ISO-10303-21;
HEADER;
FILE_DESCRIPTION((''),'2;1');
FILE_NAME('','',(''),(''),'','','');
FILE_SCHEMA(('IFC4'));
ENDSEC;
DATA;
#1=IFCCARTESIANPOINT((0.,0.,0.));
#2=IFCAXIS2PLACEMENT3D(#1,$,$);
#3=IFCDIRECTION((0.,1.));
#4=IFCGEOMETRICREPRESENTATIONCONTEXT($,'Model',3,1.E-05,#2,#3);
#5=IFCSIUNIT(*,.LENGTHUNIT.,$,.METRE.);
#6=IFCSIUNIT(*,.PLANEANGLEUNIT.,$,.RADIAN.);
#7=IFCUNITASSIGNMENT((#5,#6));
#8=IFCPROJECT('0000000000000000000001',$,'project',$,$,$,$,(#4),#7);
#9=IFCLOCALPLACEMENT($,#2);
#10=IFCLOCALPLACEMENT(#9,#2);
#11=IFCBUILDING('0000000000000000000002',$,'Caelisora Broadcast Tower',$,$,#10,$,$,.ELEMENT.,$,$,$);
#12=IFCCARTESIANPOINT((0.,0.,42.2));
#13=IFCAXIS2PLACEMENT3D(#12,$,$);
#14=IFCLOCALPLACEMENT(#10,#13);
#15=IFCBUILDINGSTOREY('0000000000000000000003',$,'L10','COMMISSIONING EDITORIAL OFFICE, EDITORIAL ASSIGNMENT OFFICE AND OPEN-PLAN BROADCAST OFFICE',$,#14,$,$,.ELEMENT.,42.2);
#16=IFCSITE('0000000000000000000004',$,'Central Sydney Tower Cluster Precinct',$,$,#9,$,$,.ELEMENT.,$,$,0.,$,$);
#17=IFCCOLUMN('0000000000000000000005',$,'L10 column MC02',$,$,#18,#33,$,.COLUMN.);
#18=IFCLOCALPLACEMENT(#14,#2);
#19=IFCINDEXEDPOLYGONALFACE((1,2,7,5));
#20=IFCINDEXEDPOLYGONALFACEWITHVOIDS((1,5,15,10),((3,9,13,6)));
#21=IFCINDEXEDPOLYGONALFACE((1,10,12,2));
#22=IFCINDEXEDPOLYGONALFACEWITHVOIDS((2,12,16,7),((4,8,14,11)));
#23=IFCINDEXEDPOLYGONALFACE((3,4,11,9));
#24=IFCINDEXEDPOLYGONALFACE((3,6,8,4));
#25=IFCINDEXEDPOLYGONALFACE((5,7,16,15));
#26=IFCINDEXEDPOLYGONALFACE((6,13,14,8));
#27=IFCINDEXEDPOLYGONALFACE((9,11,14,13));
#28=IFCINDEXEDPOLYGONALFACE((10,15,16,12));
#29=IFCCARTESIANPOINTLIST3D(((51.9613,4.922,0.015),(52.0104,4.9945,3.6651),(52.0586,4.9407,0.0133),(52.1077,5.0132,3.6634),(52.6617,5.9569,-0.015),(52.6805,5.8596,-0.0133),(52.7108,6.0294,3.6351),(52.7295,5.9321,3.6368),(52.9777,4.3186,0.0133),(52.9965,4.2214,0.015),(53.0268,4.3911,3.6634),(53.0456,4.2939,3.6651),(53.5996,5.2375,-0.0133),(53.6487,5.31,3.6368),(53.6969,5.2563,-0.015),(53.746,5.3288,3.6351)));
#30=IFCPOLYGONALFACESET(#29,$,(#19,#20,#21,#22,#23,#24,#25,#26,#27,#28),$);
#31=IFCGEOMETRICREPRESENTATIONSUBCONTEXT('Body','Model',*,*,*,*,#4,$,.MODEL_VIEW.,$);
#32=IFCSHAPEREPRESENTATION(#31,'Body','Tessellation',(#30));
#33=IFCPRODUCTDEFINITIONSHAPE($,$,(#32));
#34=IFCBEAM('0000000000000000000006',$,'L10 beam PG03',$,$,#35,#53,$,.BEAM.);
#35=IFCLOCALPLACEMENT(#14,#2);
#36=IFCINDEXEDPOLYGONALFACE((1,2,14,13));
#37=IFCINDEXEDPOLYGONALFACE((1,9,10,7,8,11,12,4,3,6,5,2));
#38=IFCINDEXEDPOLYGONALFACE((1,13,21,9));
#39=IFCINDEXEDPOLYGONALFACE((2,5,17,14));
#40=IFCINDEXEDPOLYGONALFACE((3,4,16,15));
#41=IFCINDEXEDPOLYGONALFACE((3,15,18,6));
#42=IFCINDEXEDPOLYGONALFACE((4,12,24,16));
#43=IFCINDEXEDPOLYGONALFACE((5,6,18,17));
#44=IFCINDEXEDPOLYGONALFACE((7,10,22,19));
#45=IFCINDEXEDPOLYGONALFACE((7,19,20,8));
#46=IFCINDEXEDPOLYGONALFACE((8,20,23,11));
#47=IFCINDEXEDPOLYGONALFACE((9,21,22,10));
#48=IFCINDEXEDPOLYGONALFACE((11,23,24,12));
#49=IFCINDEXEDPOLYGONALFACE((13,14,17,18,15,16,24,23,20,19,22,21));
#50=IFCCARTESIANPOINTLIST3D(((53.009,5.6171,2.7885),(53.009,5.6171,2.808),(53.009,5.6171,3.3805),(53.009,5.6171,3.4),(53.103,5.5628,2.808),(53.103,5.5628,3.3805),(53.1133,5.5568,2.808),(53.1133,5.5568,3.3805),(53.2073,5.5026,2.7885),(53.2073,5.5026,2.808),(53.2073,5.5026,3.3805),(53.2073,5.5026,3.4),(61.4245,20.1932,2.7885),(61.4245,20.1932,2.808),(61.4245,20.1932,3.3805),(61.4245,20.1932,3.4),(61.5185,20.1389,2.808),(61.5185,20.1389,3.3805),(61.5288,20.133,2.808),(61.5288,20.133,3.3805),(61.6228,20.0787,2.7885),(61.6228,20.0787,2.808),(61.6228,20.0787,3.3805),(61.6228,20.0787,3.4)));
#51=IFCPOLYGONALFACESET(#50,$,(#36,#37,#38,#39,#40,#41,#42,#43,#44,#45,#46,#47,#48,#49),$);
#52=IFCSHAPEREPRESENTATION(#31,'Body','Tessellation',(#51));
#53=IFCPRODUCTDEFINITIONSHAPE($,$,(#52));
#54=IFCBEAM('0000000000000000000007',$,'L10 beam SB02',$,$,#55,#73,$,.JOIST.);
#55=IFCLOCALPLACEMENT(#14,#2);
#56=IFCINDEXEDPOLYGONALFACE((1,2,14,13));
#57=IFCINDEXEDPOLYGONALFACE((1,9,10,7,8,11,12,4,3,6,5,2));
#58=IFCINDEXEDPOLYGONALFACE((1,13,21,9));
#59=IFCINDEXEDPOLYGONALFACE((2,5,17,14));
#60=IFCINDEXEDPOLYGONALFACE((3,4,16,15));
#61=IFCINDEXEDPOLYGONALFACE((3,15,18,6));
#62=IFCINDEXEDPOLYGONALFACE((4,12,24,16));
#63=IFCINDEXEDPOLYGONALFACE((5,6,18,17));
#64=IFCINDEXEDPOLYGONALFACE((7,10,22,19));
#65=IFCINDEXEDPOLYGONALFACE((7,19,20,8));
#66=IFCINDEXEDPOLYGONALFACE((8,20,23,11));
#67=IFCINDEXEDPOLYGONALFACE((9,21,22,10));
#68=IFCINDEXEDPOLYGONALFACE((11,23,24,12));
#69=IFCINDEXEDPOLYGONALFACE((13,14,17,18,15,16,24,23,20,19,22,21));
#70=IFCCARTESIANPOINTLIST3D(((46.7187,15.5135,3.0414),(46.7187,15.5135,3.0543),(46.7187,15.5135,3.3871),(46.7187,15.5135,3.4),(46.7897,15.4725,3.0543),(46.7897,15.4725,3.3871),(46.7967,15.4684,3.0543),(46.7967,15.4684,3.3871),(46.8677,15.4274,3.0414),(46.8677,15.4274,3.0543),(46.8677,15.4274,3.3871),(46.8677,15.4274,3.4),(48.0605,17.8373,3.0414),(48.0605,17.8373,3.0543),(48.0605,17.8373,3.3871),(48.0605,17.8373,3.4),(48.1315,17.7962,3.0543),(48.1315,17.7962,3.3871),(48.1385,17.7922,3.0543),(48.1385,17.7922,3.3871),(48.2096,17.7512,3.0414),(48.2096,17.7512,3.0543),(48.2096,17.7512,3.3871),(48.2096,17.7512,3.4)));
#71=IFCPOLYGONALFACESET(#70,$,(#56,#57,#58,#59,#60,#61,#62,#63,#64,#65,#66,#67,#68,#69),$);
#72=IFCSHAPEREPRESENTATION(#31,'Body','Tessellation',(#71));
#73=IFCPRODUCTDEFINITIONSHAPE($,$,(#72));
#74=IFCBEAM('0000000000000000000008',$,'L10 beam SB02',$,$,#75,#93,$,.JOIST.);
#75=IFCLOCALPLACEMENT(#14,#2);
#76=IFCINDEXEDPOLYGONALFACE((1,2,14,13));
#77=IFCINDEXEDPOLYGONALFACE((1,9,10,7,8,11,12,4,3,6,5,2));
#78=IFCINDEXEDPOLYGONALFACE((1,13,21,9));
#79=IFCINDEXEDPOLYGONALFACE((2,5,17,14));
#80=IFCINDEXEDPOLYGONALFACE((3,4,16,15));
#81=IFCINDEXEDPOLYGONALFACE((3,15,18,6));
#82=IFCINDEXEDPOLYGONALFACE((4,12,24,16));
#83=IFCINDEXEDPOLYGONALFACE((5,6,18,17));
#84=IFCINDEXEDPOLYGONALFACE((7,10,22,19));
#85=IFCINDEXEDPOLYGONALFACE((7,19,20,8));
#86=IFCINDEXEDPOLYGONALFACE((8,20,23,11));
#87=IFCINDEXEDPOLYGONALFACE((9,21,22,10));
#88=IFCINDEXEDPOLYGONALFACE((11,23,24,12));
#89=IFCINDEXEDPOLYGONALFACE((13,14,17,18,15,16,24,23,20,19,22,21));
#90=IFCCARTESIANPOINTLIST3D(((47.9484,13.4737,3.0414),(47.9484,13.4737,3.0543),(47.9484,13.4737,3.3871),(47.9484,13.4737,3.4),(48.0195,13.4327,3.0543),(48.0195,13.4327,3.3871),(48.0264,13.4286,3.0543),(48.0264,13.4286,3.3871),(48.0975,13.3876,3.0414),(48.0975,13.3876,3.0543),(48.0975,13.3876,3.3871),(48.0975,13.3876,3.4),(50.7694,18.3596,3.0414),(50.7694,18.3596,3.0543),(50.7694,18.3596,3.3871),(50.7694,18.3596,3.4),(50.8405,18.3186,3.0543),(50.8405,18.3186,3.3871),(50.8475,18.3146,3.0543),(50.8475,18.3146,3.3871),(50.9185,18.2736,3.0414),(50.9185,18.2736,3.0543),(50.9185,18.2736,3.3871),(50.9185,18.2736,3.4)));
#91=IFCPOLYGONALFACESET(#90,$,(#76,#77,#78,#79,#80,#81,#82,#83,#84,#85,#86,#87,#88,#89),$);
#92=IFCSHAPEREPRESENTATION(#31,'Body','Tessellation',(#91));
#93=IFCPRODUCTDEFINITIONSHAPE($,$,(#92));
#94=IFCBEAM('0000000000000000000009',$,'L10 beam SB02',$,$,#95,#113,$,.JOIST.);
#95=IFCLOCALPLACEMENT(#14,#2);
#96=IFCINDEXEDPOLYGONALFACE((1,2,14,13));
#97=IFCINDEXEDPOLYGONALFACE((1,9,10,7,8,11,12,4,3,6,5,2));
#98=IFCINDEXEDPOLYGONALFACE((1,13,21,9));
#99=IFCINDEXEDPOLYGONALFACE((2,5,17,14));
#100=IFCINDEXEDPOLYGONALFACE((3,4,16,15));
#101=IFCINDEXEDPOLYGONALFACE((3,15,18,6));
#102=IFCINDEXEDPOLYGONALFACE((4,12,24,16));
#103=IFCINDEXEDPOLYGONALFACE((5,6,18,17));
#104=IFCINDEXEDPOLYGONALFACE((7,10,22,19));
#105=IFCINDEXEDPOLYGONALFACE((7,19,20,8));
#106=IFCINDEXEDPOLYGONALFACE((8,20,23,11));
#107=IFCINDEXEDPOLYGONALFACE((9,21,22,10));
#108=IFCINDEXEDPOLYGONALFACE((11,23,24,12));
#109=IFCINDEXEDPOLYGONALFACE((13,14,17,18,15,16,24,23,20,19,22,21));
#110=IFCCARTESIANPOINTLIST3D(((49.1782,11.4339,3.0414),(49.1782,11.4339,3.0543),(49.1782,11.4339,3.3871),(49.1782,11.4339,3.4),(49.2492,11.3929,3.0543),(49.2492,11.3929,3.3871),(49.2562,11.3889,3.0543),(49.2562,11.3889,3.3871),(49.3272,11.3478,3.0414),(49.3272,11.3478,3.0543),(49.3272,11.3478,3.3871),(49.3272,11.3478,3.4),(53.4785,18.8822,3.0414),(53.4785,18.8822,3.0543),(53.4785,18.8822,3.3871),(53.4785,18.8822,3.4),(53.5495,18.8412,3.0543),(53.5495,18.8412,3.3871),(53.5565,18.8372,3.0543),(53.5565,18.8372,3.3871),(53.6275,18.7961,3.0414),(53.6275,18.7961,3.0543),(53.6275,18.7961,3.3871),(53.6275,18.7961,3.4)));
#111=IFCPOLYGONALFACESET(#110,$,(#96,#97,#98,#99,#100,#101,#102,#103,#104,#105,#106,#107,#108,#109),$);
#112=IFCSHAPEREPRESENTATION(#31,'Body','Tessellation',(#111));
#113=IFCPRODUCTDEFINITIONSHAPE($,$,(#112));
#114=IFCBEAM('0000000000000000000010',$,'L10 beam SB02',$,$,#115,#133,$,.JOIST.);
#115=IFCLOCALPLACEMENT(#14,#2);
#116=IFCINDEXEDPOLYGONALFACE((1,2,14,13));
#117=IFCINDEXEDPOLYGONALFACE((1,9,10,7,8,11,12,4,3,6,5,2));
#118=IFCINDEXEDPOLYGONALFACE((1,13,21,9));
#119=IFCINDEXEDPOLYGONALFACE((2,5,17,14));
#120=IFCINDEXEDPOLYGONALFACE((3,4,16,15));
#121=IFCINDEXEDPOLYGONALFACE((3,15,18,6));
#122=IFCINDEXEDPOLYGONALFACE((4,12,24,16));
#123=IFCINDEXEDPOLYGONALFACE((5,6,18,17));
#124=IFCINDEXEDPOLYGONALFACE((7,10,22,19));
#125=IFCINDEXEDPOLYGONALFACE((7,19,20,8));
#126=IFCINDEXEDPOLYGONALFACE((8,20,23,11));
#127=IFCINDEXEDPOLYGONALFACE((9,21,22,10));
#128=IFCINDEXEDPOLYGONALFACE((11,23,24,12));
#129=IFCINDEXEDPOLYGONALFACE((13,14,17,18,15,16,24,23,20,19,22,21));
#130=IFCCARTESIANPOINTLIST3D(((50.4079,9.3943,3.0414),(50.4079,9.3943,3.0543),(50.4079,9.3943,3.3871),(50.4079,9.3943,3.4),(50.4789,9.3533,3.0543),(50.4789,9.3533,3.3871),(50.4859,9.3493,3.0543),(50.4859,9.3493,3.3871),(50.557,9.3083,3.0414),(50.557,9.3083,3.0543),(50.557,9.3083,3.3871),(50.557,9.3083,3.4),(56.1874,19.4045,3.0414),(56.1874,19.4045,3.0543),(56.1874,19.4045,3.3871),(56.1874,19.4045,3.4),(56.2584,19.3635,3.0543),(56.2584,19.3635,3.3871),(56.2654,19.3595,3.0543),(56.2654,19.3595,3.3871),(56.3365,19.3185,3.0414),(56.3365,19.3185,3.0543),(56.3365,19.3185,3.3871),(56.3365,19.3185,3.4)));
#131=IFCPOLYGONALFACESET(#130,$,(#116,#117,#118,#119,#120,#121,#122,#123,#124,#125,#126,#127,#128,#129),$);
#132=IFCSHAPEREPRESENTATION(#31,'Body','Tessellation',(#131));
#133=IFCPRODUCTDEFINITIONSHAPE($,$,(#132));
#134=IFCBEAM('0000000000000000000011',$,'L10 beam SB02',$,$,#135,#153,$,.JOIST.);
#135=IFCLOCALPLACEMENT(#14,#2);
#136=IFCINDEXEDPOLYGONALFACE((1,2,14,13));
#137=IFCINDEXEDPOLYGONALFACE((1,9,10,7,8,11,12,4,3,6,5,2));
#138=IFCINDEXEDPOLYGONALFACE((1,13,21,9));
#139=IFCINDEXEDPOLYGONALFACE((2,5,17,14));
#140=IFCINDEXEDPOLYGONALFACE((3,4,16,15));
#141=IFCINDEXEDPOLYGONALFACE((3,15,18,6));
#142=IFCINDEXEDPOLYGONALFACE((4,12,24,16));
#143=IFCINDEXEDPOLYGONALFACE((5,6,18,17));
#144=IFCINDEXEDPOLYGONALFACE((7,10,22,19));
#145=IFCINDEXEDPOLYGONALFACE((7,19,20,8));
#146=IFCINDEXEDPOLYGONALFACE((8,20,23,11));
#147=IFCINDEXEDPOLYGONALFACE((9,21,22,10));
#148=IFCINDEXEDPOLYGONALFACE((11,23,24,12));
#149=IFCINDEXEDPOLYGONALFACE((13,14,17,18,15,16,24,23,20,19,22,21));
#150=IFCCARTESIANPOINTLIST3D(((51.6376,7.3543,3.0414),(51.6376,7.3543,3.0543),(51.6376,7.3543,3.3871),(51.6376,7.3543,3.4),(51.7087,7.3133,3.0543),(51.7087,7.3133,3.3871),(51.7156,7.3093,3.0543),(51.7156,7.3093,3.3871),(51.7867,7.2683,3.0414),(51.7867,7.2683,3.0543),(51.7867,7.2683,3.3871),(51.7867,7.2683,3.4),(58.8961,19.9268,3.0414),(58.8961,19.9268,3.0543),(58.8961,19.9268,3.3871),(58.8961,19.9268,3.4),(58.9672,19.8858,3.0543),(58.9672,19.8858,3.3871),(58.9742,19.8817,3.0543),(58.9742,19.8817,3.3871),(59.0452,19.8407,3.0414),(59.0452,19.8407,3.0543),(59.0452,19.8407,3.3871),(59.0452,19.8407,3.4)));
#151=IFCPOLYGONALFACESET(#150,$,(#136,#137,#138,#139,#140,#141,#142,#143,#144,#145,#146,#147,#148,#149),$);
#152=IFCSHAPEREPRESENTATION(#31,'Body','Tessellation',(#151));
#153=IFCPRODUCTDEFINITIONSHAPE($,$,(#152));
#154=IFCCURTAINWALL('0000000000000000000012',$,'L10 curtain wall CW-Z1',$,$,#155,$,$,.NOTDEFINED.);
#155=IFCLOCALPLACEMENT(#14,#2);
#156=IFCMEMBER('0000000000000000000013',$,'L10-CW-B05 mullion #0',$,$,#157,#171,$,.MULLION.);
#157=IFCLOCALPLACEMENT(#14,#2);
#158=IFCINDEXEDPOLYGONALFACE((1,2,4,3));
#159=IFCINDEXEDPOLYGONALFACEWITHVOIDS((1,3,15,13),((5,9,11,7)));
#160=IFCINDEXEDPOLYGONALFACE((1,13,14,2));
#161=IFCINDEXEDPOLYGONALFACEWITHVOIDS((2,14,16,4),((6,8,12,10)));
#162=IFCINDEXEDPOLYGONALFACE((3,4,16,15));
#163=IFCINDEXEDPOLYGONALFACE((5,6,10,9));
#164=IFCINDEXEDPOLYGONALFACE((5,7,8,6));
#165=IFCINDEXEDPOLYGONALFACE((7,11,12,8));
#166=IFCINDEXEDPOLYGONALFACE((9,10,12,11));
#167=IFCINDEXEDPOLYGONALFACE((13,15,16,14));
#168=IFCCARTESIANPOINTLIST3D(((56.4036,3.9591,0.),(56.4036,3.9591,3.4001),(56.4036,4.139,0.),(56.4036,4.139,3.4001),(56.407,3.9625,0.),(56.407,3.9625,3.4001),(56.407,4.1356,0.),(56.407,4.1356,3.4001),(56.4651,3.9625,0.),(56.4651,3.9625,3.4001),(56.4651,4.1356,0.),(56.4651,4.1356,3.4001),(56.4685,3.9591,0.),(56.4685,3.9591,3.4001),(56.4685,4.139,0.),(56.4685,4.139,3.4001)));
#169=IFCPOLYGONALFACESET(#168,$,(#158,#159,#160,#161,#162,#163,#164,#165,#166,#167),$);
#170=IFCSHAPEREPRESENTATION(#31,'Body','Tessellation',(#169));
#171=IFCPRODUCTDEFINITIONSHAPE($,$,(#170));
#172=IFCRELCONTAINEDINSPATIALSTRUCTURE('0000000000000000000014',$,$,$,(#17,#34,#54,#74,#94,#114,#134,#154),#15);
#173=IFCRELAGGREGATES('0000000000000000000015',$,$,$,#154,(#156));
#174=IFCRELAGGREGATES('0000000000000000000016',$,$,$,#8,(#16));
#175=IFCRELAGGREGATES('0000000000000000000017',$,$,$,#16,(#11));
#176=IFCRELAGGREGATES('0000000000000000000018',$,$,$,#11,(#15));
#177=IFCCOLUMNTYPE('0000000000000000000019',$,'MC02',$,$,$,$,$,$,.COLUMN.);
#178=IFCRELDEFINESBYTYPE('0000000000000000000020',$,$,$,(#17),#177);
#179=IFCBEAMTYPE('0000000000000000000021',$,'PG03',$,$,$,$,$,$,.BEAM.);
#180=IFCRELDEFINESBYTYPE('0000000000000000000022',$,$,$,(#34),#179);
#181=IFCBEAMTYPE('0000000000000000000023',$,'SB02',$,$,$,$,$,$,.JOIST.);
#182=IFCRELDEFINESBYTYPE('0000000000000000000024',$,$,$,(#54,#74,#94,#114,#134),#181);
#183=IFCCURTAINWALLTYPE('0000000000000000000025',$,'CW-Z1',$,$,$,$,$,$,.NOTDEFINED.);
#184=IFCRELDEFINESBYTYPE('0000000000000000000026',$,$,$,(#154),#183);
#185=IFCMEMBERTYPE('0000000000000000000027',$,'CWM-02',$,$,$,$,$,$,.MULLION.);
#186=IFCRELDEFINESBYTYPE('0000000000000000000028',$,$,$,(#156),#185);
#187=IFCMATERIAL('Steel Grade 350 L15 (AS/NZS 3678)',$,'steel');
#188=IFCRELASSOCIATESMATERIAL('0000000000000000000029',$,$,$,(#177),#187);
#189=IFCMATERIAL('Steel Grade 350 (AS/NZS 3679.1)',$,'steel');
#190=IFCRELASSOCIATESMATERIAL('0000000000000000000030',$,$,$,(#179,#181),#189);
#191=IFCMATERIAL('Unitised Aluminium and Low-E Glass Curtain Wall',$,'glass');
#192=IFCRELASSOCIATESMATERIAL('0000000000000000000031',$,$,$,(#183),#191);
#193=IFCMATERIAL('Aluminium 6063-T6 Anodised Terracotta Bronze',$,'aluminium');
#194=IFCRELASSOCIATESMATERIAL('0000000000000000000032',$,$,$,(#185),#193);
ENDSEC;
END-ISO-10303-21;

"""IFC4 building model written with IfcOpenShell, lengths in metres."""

from ifc_helpers import new_model, si_unit, direction, frame, origin, origin_2d, place, context, subcontext, project, spatial, hollow_rectangle, i_section, extrude, source, transform, mapped, material, material_profile, profile_set, type_object, type_shapes, element, aggregate, save


model = new_model("IFC4")

# Units and contexts
model_context = context("Model", 3, precision=1e-05, world=origin(), true_north=direction((0.0, 1.0)))
body_context = subcontext(model_context, "Body", "Model", "MODEL_VIEW")
ifc_project = project(units=[si_unit("LENGTHUNIT", "METRE"), si_unit("PLANEANGLEUNIT", "RADIAN")], contexts=[model_context])

# Site, building, storey
site_placement = place(None, origin())
site = spatial("IfcSite", under=ifc_project, at=site_placement, Name="Central Sydney Tower Cluster Precinct", CompositionType="ELEMENT", RefElevation=0.0)
building_placement = place(site_placement, origin())
building = spatial("IfcBuilding", under=site, at=building_placement, Name="Caelisora Broadcast Tower", CompositionType="ELEMENT")
storey_placement = place(building_placement, frame((0.0, 0.0, 42.2)))
storey = spatial("IfcBuildingStorey", under=building, at=storey_placement, Name="L10", Description="COMMISSIONING EDITORIAL OFFICE, EDITORIAL ASSIGNMENT OFFICE AND OPEN-PLAN BROADCAST OFFICE", CompositionType="ELEMENT", Elevation=42.2)

# Column
ifc_material_1 = material(Name="Steel Grade 350 L15 (AS/NZS 3678)", Category="steel")
ifc_material_profile_1 = material_profile(ifc_material_1, hollow_rectangle(XDim=1.25, YDim=1.25, WallThickness=0.0701, at=origin_2d()), Name="Steel Grade 350 L15 (AS/NZS 3678)")
ifc_profile_set_1 = profile_set([ifc_material_profile_1], Name="Steel Grade 350 L15 (AS/NZS 3678)")
column_type = type_object("IfcColumnType", Name="MC02", PredefinedType="COLUMN", material=ifc_profile_set_1)
shared_shape_1 = source(origin(), body_context, "Body", "SweptSolid", [
    extrude(hollow_rectangle(XDim=1.25, YDim=1.25, WallThickness=0.0701, at=origin_2d()), origin(), (0.0, 0.0, 1.0), 3.6511),
])
type_shapes(column_type, [shared_shape_1])
column_placement = place(storey_placement, frame((52.8291, 5.0891, 0.0), z_axis=(0.01344, 0.019859, 0.999712), x_axis=(-0.828169, 0.560478, 0.0)))
element("IfcColumn", 1, at=column_placement, inside=storey, type_object=column_type, Name="L10 column MC02", PredefinedType="COLUMN", context=body_context, shape_type="MappedRepresentation", body=[
    mapped(shared_shape_1, transform((0.0, 0.0, 0.0), scale=1.0)),
])

# Beams
ifc_material_2 = material(Name="Steel Grade 350 (AS/NZS 3679.1)", Category="steel")
ifc_material_profile_2 = material_profile(ifc_material_2, i_section(OverallWidth=0.229, OverallDepth=0.6116, WebThickness=0.012, FlangeThickness=0.0195, at=origin_2d()), Name="Steel Grade 350 (AS/NZS 3679.1)")
ifc_profile_set_2 = profile_set([ifc_material_profile_2], Name="Steel Grade 350 (AS/NZS 3679.1)")
beam_type_1 = type_object("IfcBeamType", Name="PG03", PredefinedType="BEAM", material=ifc_profile_set_2)
shared_shape_2 = source(origin(), body_context, "Body", "SweptSolid", [
    extrude(i_section(OverallWidth=0.229, OverallDepth=0.6116, WebThickness=0.012, FlangeThickness=0.0195, at=origin_2d()), origin(), (0.0, 0.0, 1.0), 16.8311),
])
type_shapes(beam_type_1, [shared_shape_2])
beam_1_placement = place(storey_placement, frame((53.1082, 5.5598, 3.0942), z_axis=(0.499999, 0.866026, 0.0), x_axis=(-0.866026, 0.499999, 0.0)))
element("IfcBeam", 2, at=beam_1_placement, inside=storey, type_object=beam_type_1, Name="L10 beam PG03", PredefinedType="BEAM", context=body_context, shape_type="MappedRepresentation", body=[
    mapped(shared_shape_2, transform((0.0, 0.0, 0.0), scale=1.0)),
])
ifc_material_profile_3 = material_profile(ifc_material_2, i_section(OverallWidth=0.1721, OverallDepth=0.3586, WebThickness=0.0081, FlangeThickness=0.0129, at=origin_2d()), Name="Steel Grade 350 (AS/NZS 3679.1)")
ifc_profile_set_3 = profile_set([ifc_material_profile_3], Name="Steel Grade 350 (AS/NZS 3679.1)")
beam_type_2 = type_object("IfcBeamType", Name="SB02", PredefinedType="JOIST", material=ifc_profile_set_3)
shared_shape_3 = source(origin(), body_context, "Body", "SweptSolid", [
    extrude(i_section(OverallWidth=0.1721, OverallDepth=0.3586, WebThickness=0.0081, FlangeThickness=0.0129, at=origin_2d()), origin(), (0.0, 0.0, 1.0), 2.6833),
])
beam_2_placement = place(storey_placement, frame((46.7932, 15.4705, 3.2207), z_axis=(0.500053, 0.865995, 0.0), x_axis=(-0.865995, 0.500053, 0.0)))
element("IfcBeam", 3, at=beam_2_placement, inside=storey, type_object=beam_type_2, Name="L10 beam SB02", PredefinedType="JOIST", context=body_context, shape_type="MappedRepresentation", body=[
    mapped(shared_shape_3, transform((0.0, 0.0, 0.0), scale=1.0)),
])
shared_shape_4 = source(origin(), body_context, "Body", "SweptSolid", [
    extrude(i_section(OverallWidth=0.1721, OverallDepth=0.3586, WebThickness=0.0081, FlangeThickness=0.0129, at=origin_2d()), origin(), (0.0, 0.0, 1.0), 5.6418),
])
beam_3_placement = place(storey_placement, frame((48.0229, 13.4307, 3.2207), z_axis=(0.500016, 0.866016, 0.0), x_axis=(-0.866016, 0.500016, 0.0)))
element("IfcBeam", 4, at=beam_3_placement, inside=storey, type_object=beam_type_2, Name="L10 beam SB02", PredefinedType="JOIST", context=body_context, shape_type="MappedRepresentation", body=[
    mapped(shared_shape_4, transform((0.0, 0.0, 0.0), scale=1.0)),
])
shared_shape_5 = source(origin(), body_context, "Body", "SweptSolid", [
    extrude(i_section(OverallWidth=0.1721, OverallDepth=0.3586, WebThickness=0.0081, FlangeThickness=0.0129, at=origin_2d()), origin(), (0.0, 0.0, 1.0), 8.6006),
])
beam_4_placement = place(storey_placement, frame((49.2527, 11.3909, 3.2207), z_axis=(0.500004, 0.866023, 0.0), x_axis=(-0.866023, 0.500004, 0.0)))
element("IfcBeam", 5, at=beam_4_placement, inside=storey, type_object=beam_type_2, Name="L10 beam SB02", PredefinedType="JOIST", context=body_context, shape_type="MappedRepresentation", body=[
    mapped(shared_shape_5, transform((0.0, 0.0, 0.0), scale=1.0)),
])
shared_shape_6 = source(origin(), body_context, "Body", "SweptSolid", [
    extrude(i_section(OverallWidth=0.1721, OverallDepth=0.3586, WebThickness=0.0081, FlangeThickness=0.0129, at=origin_2d()), origin(), (0.0, 0.0, 1.0), 11.5588),
])
beam_5_placement = place(storey_placement, frame((50.4824, 9.3513, 3.2207), z_axis=(0.500008, 0.866021, 0.0), x_axis=(-0.866021, 0.500008, 0.0)))
element("IfcBeam", 6, at=beam_5_placement, inside=storey, type_object=beam_type_2, Name="L10 beam SB02", PredefinedType="JOIST", context=body_context, shape_type="MappedRepresentation", body=[
    mapped(shared_shape_6, transform((0.0, 0.0, 0.0), scale=1.0)),
])
shared_shape_7 = source(origin(), body_context, "Body", "SweptSolid", [
    extrude(i_section(OverallWidth=0.1721, OverallDepth=0.3586, WebThickness=0.0081, FlangeThickness=0.0129, at=origin_2d()), origin(), (0.0, 0.0, 1.0), 14.5173),
])
type_shapes(beam_type_2, [shared_shape_3, shared_shape_4, shared_shape_5, shared_shape_6, shared_shape_7])
beam_6_placement = place(storey_placement, frame((51.7122, 7.3113, 3.2207), z_axis=(0.49999, 0.866031, 0.0), x_axis=(-0.866031, 0.49999, 0.0)))
element("IfcBeam", 7, at=beam_6_placement, inside=storey, type_object=beam_type_2, Name="L10 beam SB02", PredefinedType="JOIST", context=body_context, shape_type="MappedRepresentation", body=[
    mapped(shared_shape_7, transform((0.0, 0.0, 0.0), scale=1.0)),
])

# Curtain wall, member
ifc_material_3 = material(Name="Unitised Aluminium and Low-E Glass Curtain Wall", Category="glass")
curtain_wall_type = type_object("IfcCurtainWallType", Name="CW-Z1", PredefinedType="NOTDEFINED", material=ifc_material_3)
curtain_wall_placement = place(storey_placement, origin())
curtain_wall = element("IfcCurtainWall", 8, at=curtain_wall_placement, inside=storey, type_object=curtain_wall_type, Name="L10 curtain wall CW-Z1", PredefinedType="NOTDEFINED")
ifc_material_4 = material(Name="Aluminium 6063-T6 Anodised Terracotta Bronze", Category="aluminium")
ifc_material_profile_4 = material_profile(ifc_material_4, hollow_rectangle(XDim=0.0649, YDim=0.1799, WallThickness=0.0034, at=origin_2d()), Name="Aluminium 6063-T6 Anodised Terracotta Bronze")
ifc_profile_set_4 = profile_set([ifc_material_profile_4], Name="Aluminium 6063-T6 Anodised Terracotta Bronze")
member_type_1 = type_object("IfcMemberType", Name="CWM-02", PredefinedType="MULLION", material=ifc_profile_set_4)
shared_shape_8 = source(origin(), body_context, "Body", "SweptSolid", [
    extrude(hollow_rectangle(XDim=0.0649, YDim=0.1799, WallThickness=0.0034, at=origin_2d()), origin(), (0.0, 0.0, 1.0), 3.4001),
])
type_shapes(member_type_1, [shared_shape_8])
member_1_placement = place(storey_placement, frame((56.436, 4.0491, 0.0), z_axis=(0.0, 0.0, 1.0), x_axis=(1.0, 0.0, 0.0)))
member_1 = element("IfcMember", 9, at=member_1_placement, type_object=member_type_1, Name="L10-CW-B05 mullion #0", PredefinedType="MULLION", context=body_context, shape_type="MappedRepresentation", body=[
    mapped(shared_shape_8, transform((0.0, 0.0, 0.0), scale=1.0)),
])
aggregate(curtain_wall, [member_1])

save(model, "model.ifc")
